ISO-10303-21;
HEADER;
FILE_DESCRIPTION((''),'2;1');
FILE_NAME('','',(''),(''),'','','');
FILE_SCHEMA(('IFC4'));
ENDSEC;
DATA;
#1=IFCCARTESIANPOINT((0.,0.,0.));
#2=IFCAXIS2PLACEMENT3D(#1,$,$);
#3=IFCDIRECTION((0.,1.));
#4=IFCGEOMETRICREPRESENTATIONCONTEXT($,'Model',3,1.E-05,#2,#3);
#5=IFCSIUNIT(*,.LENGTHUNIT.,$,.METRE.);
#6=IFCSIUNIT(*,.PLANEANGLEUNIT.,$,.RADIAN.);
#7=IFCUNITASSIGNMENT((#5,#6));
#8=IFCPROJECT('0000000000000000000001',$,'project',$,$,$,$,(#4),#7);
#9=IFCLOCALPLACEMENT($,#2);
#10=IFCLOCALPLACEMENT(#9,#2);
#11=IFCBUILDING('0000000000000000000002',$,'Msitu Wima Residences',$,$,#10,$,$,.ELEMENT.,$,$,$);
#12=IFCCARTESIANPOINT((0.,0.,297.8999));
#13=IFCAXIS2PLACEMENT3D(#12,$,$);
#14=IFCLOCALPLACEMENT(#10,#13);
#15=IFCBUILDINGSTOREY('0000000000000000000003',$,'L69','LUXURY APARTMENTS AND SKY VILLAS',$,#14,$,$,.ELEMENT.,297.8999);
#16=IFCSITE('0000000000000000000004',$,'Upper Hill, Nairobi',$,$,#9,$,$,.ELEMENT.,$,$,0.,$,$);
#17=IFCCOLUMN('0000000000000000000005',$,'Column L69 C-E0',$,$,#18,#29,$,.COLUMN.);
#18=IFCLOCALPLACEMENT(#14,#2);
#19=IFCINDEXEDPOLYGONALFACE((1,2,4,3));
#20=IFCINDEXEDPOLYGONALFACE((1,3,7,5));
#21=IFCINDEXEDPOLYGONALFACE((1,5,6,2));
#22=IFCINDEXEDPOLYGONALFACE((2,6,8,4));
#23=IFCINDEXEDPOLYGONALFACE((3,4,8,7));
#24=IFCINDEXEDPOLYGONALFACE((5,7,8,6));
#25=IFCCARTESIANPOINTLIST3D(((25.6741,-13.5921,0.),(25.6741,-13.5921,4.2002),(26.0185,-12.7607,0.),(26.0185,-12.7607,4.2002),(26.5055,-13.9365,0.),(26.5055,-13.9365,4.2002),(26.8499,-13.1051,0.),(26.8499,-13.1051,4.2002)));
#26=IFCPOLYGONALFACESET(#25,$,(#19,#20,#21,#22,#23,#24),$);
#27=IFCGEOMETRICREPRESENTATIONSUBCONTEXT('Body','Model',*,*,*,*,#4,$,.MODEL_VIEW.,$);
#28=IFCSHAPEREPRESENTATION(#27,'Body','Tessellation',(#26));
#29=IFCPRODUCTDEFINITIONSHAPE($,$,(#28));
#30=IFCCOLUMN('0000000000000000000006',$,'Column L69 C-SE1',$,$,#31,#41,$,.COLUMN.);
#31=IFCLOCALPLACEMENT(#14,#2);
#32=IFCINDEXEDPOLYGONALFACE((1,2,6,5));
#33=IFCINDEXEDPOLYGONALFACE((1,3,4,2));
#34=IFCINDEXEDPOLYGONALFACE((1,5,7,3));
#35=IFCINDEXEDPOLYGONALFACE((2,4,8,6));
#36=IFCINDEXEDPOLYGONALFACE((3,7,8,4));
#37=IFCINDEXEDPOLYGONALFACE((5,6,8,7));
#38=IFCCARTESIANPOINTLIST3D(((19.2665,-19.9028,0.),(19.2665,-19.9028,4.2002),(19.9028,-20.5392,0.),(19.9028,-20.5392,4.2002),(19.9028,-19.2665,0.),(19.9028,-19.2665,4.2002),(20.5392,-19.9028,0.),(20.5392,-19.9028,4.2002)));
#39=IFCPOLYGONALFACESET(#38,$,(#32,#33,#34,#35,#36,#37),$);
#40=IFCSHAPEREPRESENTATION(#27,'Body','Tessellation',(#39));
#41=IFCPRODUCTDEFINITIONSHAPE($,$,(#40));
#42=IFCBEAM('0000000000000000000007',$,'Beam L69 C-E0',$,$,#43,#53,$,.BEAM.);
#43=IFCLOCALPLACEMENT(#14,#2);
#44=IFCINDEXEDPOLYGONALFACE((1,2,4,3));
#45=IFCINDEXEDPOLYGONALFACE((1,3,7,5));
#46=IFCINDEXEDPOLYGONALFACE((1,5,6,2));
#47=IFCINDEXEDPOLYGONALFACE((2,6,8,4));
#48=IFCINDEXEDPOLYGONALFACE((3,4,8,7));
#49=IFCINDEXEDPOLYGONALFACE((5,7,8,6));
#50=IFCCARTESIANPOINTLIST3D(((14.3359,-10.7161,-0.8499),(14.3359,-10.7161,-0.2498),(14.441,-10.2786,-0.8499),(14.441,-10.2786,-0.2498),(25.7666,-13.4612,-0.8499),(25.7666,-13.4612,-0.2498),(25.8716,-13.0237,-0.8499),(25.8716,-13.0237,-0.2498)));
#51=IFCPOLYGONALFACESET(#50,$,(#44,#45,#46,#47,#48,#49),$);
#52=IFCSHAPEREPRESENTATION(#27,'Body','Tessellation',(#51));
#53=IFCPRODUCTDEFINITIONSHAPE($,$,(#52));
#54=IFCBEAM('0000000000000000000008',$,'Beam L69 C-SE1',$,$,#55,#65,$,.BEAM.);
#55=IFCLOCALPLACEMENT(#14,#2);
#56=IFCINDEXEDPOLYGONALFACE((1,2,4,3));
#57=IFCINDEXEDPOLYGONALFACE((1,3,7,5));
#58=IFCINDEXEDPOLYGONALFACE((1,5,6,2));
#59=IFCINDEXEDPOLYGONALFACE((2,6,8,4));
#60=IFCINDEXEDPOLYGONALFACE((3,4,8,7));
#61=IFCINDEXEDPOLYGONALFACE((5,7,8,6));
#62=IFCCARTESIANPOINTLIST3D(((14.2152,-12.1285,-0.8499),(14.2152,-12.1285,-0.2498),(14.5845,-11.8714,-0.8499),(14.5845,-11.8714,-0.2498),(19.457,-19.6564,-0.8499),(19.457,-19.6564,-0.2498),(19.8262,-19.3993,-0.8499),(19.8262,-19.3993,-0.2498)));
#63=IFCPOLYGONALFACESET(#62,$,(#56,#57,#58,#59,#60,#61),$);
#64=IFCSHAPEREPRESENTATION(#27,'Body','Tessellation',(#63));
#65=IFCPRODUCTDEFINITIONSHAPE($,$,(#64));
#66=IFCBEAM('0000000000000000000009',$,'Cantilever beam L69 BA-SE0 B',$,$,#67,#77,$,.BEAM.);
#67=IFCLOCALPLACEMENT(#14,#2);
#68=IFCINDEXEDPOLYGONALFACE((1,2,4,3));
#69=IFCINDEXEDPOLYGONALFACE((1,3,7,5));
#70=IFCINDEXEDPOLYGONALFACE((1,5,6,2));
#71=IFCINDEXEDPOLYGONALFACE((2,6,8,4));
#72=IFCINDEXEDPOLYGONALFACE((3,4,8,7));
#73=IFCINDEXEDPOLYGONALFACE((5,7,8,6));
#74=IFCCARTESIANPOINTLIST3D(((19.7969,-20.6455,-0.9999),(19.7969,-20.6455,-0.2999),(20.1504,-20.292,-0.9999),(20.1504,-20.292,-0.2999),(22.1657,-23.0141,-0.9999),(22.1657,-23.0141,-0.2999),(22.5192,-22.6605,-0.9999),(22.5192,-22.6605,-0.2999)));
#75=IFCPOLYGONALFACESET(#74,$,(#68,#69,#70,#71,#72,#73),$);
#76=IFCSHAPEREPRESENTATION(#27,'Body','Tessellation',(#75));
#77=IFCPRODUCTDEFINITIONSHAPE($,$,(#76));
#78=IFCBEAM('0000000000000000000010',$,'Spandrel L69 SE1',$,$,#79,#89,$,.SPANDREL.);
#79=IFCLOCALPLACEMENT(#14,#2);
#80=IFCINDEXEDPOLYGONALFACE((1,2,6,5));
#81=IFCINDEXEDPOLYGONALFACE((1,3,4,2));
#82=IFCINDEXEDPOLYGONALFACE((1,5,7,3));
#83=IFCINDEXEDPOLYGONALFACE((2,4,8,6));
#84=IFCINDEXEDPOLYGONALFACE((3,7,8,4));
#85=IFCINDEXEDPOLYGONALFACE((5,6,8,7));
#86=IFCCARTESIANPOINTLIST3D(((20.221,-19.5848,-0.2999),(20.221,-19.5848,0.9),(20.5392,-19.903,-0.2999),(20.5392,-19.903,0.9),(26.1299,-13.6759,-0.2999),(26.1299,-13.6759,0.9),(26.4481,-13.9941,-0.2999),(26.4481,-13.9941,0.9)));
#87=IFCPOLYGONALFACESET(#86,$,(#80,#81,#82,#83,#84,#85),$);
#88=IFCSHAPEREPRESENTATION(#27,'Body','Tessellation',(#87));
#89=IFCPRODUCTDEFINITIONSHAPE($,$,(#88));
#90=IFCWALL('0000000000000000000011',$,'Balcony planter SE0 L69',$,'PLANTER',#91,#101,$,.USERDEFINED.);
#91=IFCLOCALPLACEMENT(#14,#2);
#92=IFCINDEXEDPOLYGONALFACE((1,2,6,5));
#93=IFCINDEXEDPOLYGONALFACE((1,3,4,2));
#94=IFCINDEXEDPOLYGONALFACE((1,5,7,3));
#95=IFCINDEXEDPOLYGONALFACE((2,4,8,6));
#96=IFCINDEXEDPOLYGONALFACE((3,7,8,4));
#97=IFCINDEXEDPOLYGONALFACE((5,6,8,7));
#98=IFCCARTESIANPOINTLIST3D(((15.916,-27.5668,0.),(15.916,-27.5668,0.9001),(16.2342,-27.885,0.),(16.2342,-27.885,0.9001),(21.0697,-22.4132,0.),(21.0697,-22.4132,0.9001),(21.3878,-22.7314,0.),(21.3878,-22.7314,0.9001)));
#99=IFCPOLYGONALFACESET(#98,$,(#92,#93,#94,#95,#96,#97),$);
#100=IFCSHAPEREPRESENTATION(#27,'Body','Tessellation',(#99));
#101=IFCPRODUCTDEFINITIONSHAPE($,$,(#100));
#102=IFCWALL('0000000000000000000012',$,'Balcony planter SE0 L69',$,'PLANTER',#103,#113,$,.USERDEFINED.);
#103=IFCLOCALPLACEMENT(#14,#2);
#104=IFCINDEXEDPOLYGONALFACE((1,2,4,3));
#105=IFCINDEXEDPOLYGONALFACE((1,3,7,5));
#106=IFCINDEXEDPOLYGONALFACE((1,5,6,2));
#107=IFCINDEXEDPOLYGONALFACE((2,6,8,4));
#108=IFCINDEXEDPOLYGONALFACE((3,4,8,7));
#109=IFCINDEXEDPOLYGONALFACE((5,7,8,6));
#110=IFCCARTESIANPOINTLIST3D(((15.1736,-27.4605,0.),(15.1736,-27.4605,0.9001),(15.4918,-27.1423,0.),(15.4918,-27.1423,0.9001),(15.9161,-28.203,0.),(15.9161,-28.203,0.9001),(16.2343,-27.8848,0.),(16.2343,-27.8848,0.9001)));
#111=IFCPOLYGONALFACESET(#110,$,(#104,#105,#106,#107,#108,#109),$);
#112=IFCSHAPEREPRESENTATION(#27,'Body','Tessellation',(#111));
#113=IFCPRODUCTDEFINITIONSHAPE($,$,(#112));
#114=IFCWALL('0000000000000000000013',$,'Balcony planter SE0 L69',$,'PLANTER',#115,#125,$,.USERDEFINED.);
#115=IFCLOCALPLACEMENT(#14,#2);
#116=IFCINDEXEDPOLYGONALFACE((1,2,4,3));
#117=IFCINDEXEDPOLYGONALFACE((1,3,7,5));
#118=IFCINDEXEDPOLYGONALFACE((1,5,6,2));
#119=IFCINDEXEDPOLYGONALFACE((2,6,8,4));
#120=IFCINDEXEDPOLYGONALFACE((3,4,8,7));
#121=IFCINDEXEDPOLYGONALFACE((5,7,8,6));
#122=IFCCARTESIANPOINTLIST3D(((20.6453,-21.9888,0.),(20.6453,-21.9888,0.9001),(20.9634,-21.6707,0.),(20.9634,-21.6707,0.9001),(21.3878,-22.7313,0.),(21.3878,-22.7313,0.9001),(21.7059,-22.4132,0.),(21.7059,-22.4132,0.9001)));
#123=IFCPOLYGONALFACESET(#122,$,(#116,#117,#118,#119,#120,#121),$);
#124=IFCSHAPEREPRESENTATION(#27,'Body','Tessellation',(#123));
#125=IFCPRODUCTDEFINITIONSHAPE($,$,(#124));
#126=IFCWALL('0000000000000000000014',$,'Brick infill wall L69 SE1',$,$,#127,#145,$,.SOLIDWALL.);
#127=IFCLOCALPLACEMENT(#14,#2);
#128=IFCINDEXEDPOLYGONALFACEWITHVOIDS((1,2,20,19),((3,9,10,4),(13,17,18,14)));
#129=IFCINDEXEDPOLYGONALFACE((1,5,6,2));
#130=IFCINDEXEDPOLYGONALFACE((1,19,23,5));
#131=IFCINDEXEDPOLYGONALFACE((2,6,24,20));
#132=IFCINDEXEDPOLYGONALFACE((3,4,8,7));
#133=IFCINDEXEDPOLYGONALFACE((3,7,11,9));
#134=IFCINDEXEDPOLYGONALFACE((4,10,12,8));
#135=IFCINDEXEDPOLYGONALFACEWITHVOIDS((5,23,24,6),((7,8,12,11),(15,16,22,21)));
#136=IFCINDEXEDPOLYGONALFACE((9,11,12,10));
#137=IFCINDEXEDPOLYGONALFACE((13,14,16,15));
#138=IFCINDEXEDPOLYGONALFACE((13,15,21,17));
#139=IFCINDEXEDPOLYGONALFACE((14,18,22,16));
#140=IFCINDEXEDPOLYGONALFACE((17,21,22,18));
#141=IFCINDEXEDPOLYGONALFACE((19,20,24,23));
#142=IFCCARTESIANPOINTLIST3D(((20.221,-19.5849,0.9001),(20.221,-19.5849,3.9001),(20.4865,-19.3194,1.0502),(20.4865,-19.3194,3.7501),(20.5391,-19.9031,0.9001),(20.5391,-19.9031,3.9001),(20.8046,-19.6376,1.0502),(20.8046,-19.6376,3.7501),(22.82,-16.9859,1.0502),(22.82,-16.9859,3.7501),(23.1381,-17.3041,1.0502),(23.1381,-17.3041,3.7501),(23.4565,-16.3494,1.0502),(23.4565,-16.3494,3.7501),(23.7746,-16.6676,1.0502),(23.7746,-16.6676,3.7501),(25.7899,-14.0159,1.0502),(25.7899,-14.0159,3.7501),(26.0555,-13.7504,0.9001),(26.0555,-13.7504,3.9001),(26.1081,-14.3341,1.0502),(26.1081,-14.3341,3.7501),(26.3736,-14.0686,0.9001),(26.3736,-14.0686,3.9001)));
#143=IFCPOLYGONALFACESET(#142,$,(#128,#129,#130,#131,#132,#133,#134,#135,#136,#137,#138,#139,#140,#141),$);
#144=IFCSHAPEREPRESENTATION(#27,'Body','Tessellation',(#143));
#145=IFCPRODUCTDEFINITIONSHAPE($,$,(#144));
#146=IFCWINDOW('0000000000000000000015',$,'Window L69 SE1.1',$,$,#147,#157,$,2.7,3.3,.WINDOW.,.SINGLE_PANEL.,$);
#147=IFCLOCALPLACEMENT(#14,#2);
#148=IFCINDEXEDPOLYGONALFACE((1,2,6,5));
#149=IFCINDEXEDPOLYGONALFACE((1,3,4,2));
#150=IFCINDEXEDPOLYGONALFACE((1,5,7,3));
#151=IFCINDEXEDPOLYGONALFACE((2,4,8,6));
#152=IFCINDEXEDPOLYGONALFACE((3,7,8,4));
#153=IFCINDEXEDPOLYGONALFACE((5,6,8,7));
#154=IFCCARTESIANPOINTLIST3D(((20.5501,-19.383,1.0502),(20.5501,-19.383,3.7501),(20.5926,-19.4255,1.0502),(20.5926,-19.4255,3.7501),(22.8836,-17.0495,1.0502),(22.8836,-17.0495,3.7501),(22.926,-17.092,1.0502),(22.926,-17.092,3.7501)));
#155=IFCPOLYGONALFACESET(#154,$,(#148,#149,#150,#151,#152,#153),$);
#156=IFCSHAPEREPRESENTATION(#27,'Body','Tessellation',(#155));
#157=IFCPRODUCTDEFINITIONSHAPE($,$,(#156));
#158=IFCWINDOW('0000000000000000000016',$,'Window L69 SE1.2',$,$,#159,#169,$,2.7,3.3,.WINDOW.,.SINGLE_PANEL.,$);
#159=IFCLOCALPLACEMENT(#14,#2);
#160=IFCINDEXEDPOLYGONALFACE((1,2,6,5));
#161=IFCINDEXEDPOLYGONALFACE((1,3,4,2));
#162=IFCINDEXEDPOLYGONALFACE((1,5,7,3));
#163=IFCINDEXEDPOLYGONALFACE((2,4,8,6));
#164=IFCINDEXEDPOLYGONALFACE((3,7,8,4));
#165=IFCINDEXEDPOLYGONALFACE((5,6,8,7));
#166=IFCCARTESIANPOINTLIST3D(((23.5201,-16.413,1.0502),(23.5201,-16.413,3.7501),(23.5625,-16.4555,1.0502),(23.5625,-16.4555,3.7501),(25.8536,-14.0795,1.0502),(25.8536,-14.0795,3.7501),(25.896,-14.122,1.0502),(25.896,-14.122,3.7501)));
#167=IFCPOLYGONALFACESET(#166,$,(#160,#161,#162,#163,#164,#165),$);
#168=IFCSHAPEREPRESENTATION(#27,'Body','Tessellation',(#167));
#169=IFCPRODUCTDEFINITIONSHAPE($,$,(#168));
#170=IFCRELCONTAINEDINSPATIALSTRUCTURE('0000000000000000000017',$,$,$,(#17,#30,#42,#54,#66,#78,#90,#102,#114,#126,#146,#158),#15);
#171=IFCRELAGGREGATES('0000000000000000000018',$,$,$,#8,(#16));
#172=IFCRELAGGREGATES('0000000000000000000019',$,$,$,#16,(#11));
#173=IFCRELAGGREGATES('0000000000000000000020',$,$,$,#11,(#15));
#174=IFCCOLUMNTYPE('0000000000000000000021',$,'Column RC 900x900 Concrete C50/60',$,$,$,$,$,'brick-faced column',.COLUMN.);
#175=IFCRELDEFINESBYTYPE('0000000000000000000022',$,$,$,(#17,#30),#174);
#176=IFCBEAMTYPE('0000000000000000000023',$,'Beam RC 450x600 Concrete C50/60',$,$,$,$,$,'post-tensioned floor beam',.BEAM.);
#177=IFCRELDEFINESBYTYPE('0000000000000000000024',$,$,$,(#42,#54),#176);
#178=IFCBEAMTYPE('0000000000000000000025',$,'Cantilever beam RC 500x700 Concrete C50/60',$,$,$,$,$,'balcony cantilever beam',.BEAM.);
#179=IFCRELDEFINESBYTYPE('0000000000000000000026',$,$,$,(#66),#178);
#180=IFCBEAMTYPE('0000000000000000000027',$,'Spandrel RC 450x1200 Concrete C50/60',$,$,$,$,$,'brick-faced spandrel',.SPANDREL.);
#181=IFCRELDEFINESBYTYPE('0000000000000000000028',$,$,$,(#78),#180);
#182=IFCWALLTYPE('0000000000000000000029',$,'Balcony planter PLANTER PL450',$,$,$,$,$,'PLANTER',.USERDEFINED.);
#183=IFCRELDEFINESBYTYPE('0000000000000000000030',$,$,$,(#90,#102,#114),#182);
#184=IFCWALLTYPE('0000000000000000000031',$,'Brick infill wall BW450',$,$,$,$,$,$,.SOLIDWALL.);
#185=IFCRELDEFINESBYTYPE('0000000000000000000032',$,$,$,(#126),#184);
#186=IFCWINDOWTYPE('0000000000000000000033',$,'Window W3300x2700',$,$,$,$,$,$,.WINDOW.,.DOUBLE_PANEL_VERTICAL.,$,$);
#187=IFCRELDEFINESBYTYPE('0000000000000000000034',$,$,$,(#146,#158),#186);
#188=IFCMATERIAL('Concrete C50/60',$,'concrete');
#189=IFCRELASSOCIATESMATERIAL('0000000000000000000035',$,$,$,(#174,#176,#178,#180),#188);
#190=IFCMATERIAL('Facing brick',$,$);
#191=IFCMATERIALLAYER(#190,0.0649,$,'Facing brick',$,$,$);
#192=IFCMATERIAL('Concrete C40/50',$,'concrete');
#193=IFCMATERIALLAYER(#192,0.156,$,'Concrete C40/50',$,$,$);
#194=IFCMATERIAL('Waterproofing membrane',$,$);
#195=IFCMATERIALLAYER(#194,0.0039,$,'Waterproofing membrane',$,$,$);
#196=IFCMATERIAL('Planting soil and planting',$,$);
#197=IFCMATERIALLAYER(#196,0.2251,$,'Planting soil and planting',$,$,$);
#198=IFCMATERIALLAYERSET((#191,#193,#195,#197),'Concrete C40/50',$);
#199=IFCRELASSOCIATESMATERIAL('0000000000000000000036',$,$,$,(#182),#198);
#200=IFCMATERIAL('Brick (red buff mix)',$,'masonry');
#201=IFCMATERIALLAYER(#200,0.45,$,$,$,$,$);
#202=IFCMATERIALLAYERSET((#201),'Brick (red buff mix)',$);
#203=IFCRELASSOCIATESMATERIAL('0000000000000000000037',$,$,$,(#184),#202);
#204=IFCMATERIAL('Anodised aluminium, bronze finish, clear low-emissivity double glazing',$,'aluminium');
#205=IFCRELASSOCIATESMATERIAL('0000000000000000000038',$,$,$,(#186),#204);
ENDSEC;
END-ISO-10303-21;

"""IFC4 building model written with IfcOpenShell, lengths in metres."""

from ifc_helpers import new_model, si_unit, direction, frame, frame_2d, origin, origin_2d, place, context, subcontext, project, spatial, rectangle, extrude, material, layer, layer_set, material_profile, profile_set, type_object, element, fill, save


model = new_model("IFC4")

# Units and contexts
model_context = context("Model", 3, precision=1e-05, world=origin(), true_north=direction((0.0, 1.0)))
body_context = subcontext(model_context, "Body", "Model", "MODEL_VIEW")
ifc_project = project(units=[si_unit("LENGTHUNIT", "METRE"), si_unit("PLANEANGLEUNIT", "RADIAN")], contexts=[model_context])

# Site, building, storey
site_placement = place(None, origin())
site = spatial("IfcSite", under=ifc_project, at=site_placement, Name="Upper Hill, Nairobi", CompositionType="ELEMENT", RefElevation=0.0)
building_placement = place(site_placement, origin())
building = spatial("IfcBuilding", under=site, at=building_placement, Name="Msitu Wima Residences", CompositionType="ELEMENT")
storey_placement = place(building_placement, frame((0.0, 0.0, 297.8999)))
storey = spatial("IfcBuildingStorey", under=building, at=storey_placement, Name="L69", Description="LUXURY APARTMENTS AND SKY VILLAS", CompositionType="ELEMENT", Elevation=297.8999)

# Columns
ifc_material_1 = material(Name="Concrete C50/60", Category="concrete")
ifc_material_profile_1 = material_profile(ifc_material_1, rectangle(XDim=0.8999, YDim=0.8999, at=origin_2d()), Name="RC 900x900")
ifc_profile_set_1 = profile_set([ifc_material_profile_1], Name="Concrete C50/60")
column_type = type_object("IfcColumnType", Name="Column RC 900x900 Concrete C50/60", ElementType="brick-faced column", PredefinedType="COLUMN", material=ifc_profile_set_1)
for number, where, z_axis, x_axis, name in (
    (1, (26.262, -13.3486, 0.0), (0.0, 0.0, 1.0), (0.382683, 0.92388, 0.0), "Column L69 C-E0"),
    (2, (19.9028, -19.9028, 0.0), (0.0, 0.0, 1.0), (0.707107, 0.707107, 0.0), "Column L69 C-SE1"),
):
    element("IfcColumn", number, at=place(storey_placement, frame(where, z_axis=z_axis, x_axis=x_axis)), inside=storey, type_object=column_type, Name=name, PredefinedType="COLUMN", context=body_context, shape_type="SweptSolid", body=[
        extrude(rectangle(XDim=0.8999, YDim=0.8999, at=origin_2d()), origin(), (0.0, 0.0, 1.0), 4.2002),
    ])

# Beams
ifc_material_profile_2 = material_profile(ifc_material_1, rectangle(XDim=0.45, YDim=0.6001, at=origin_2d()), Name="RC 450x600")
ifc_profile_set_2 = profile_set([ifc_material_profile_2], Name="Concrete C50/60")
beam_type_1 = type_object("IfcBeamType", Name="Beam RC 450x600 Concrete C50/60", ElementType="post-tensioned floor beam", PredefinedType="BEAM", material=ifc_profile_set_2)
beam_1_placement = place(storey_placement, frame((25.8191, -13.2424, -0.5498), z_axis=(-0.972353, 0.233514, 0.0), x_axis=(-0.233514, -0.972353, 0.0)))
element("IfcBeam", 3, at=beam_1_placement, inside=storey, type_object=beam_type_1, Name="Beam L69 C-E0", PredefinedType="BEAM", context=body_context, shape_type="SweptSolid", body=[
    extrude(rectangle(XDim=0.45, YDim=0.6001, at=origin_2d()), origin(), (0.0, 0.0, 1.0), 11.7556),
])
beam_2_placement = place(storey_placement, frame((19.6416, -19.5278, -0.5498), z_axis=(-0.571428, 0.820652, 0.0), x_axis=(-0.820652, -0.571428, 0.0)))
element("IfcBeam", 4, at=beam_2_placement, inside=storey, type_object=beam_type_1, Name="Beam L69 C-SE1", PredefinedType="BEAM", context=body_context, shape_type="SweptSolid", body=[
    extrude(rectangle(XDim=0.45, YDim=0.6001, at=origin_2d()), origin(), (0.0, 0.0, 1.0), 9.1731),
])
ifc_material_profile_3 = material_profile(ifc_material_1, rectangle(XDim=0.5, YDim=0.7, at=origin_2d()), Name="RC 500x700")
ifc_profile_set_3 = profile_set([ifc_material_profile_3], Name="Concrete C50/60")
beam_type_2 = type_object("IfcBeamType", Name="Cantilever beam RC 500x700 Concrete C50/60", ElementType="balcony cantilever beam", PredefinedType="BEAM", material=ifc_profile_set_3)
beam_3_placement = place(storey_placement, frame((19.9736, -20.4688, -0.6499), z_axis=(0.707143, -0.70707, 0.0), x_axis=(0.70707, 0.707143, 0.0)))
element("IfcBeam", 5, at=beam_3_placement, inside=storey, type_object=beam_type_2, Name="Cantilever beam L69 BA-SE0 B", PredefinedType="BEAM", context=body_context, shape_type="SweptSolid", body=[
    extrude(rectangle(XDim=0.5, YDim=0.7, at=origin_2d()), origin(), (0.0, 0.0, 1.0), 3.3499),
])
ifc_material_profile_4 = material_profile(ifc_material_1, rectangle(XDim=0.45, YDim=1.2, at=origin_2d()), Name="RC 450x1200")
ifc_profile_set_4 = profile_set([ifc_material_profile_4], Name="Concrete C50/60")
beam_type_3 = type_object("IfcBeamType", Name="Spandrel RC 450x1200 Concrete C50/60", ElementType="brick-faced spandrel", PredefinedType="SPANDREL", material=ifc_profile_set_4)
beam_4_placement = place(storey_placement, frame((20.3801, -19.7439, 0.3), z_axis=(0.707107, 0.707107, 0.0), x_axis=(-0.707107, 0.707107, 0.0)))
element("IfcBeam", 6, at=beam_4_placement, inside=storey, type_object=beam_type_3, Name="Spandrel L69 SE1", PredefinedType="SPANDREL", context=body_context, shape_type="SweptSolid", body=[
    extrude(rectangle(XDim=0.45, YDim=1.2, at=origin_2d()), origin(), (0.0, 0.0, 1.0), 8.3564),
])

# Walls
ifc_material_2 = material(Name="Facing brick")
ifc_layer_1 = layer(ifc_material_2, 0.0649, Name="Facing brick")
ifc_material_3 = material(Name="Concrete C40/50", Category="concrete")
ifc_layer_2 = layer(ifc_material_3, 0.156, Name="Concrete C40/50")
ifc_material_4 = material(Name="Waterproofing membrane")
ifc_layer_3 = layer(ifc_material_4, 0.0039, Name="Waterproofing membrane")
ifc_material_5 = material(Name="Planting soil and planting")
ifc_layer_4 = layer(ifc_material_5, 0.2251, Name="Planting soil and planting")
ifc_layer_set_1 = layer_set([ifc_layer_1, ifc_layer_2, ifc_layer_3, ifc_layer_4], Name="Concrete C40/50")
wall_type_1 = type_object("IfcWallType", Name="Balcony planter PLANTER PL450", ElementType="PLANTER", PredefinedType="USERDEFINED", material=ifc_layer_set_1)
wall_1_placement = place(storey_placement, frame((16.0752, -27.7258, 0.0), z_axis=(0.0, 0.0, 1.0), x_axis=(0.707107, 0.707107, 0.0)))
element("IfcWall", 7, at=wall_1_placement, inside=storey, type_object=wall_type_1, Name="Balcony planter SE0 L69", ObjectType="PLANTER", PredefinedType="USERDEFINED", context=body_context, shape_type="SweptSolid", body=[
    extrude(rectangle(XDim=7.2883, YDim=0.45, at=frame_2d((3.644, 0.0))), origin(), (0.0, 0.0, 1.0), 0.9001),
])
for number, where, z_axis, x_axis, name in (
    (8, (15.3328, -27.3015, 0.0), (0.0, 0.0, 1.0), (0.707107, -0.707107, 0.0), "Balcony planter SE0 L69"),
    (9, (20.8044, -21.8298, 0.0), (0.0, 0.0, 1.0), (0.707107, -0.707107, 0.0), "Balcony planter SE0 L69"),
):
    element("IfcWall", number, at=place(storey_placement, frame(where, z_axis=z_axis, x_axis=x_axis)), inside=storey, type_object=wall_type_1, Name=name, ObjectType="PLANTER", PredefinedType="USERDEFINED", context=body_context, shape_type="SweptSolid", body=[
        extrude(rectangle(XDim=1.05, YDim=0.45, at=frame_2d((0.5249, 0.0))), origin(), (0.0, 0.0, 1.0), 0.9001),
    ])

# Wall, openings, windows
ifc_material_6 = material(Name="Brick (red buff mix)", Category="masonry")
ifc_layer_5 = layer(ifc_material_6, 0.45)
ifc_layer_set_2 = layer_set([ifc_layer_5], Name="Brick (red buff mix)")
wall_type_2 = type_object("IfcWallType", Name="Brick infill wall BW450", PredefinedType="SOLIDWALL", material=ifc_layer_set_2)
wall_2_placement = place(storey_placement, frame((20.3801, -19.7439, 0.9001), z_axis=(0.0, 0.0, 1.0), x_axis=(0.707107, 0.707107, 0.0)))
wall_2 = element("IfcWall", 10, at=wall_2_placement, inside=storey, type_object=wall_type_2, Name="Brick infill wall L69 SE1", PredefinedType="SOLIDWALL", context=body_context, shape_type="SweptSolid", body=[
    extrude(rectangle(XDim=8.2512, YDim=0.45, at=frame_2d((4.1255, 0.0))), origin(), (0.0, 0.0, 1.0), 3.0),
])
opening_1_placement = place(wall_2_placement, frame((0.3755, 0.0, 0.1499)))
opening_1 = element("IfcOpeningElement", 11, at=opening_1_placement, cuts=wall_2, PredefinedType="OPENING", context=body_context, shape_type="SweptSolid", body=[
    extrude(rectangle(XDim=3.3, YDim=2.7, at=frame_2d((1.6499, 1.3501))), frame((0.0, 0.2349, 0.0), z_axis=(0.0, -1.0, 0.0), x_axis=(1.0, 0.0, 0.0)), (0.0, 0.0, 1.0), 0.47),
])
opening_2_placement = place(wall_2_placement, frame((4.5757, 0.0, 0.1499)))
opening_2 = element("IfcOpeningElement", 12, at=opening_2_placement, cuts=wall_2, PredefinedType="OPENING", context=body_context, shape_type="SweptSolid", body=[
    extrude(rectangle(XDim=3.3, YDim=2.7, at=frame_2d((1.6499, 1.3501))), frame((0.0, 0.2349, 0.0), z_axis=(0.0, -1.0, 0.0), x_axis=(1.0, 0.0, 0.0)), (0.0, 0.0, 1.0), 0.47),
])
ifc_material_7 = material(Name="Anodised aluminium, bronze finish, clear low-emissivity double glazing", Category="aluminium")
window_type = type_object("IfcWindowType", Name="Window W3300x2700", PartitioningType="DOUBLE_PANEL_VERTICAL", PredefinedType="WINDOW", material=ifc_material_7)
window_1_placement = place(opening_1_placement, origin())
window_1 = element("IfcWindow", 13, at=window_1_placement, inside=storey, type_object=window_type, Name="Window L69 SE1.1", OverallHeight=2.7, OverallWidth=3.3, PartitioningType="SINGLE_PANEL", PredefinedType="WINDOW", context=body_context, shape_type="SweptSolid", body=[
    extrude(rectangle(XDim=3.3, YDim=2.7, at=frame_2d((1.6499, 1.3501))), frame((0.0, 0.135, 0.0), z_axis=(0.0, -1.0, 0.0), x_axis=(1.0, 0.0, 0.0)), (0.0, 0.0, 1.0), 0.0601),
])
fill(opening_1, window_1)
window_2_placement = place(opening_2_placement, origin())
window_2 = element("IfcWindow", 14, at=window_2_placement, inside=storey, type_object=window_type, Name="Window L69 SE1.2", OverallHeight=2.7, OverallWidth=3.3, PartitioningType="SINGLE_PANEL", PredefinedType="WINDOW", context=body_context, shape_type="SweptSolid", body=[
    extrude(rectangle(XDim=3.3, YDim=2.7, at=frame_2d((1.6499, 1.3501))), frame((0.0, 0.135, 0.0), z_axis=(0.0, -1.0, 0.0), x_axis=(1.0, 0.0, 0.0)), (0.0, 0.0, 1.0), 0.0601),
])
fill(opening_2, window_2)

save(model, "model.ifc")
